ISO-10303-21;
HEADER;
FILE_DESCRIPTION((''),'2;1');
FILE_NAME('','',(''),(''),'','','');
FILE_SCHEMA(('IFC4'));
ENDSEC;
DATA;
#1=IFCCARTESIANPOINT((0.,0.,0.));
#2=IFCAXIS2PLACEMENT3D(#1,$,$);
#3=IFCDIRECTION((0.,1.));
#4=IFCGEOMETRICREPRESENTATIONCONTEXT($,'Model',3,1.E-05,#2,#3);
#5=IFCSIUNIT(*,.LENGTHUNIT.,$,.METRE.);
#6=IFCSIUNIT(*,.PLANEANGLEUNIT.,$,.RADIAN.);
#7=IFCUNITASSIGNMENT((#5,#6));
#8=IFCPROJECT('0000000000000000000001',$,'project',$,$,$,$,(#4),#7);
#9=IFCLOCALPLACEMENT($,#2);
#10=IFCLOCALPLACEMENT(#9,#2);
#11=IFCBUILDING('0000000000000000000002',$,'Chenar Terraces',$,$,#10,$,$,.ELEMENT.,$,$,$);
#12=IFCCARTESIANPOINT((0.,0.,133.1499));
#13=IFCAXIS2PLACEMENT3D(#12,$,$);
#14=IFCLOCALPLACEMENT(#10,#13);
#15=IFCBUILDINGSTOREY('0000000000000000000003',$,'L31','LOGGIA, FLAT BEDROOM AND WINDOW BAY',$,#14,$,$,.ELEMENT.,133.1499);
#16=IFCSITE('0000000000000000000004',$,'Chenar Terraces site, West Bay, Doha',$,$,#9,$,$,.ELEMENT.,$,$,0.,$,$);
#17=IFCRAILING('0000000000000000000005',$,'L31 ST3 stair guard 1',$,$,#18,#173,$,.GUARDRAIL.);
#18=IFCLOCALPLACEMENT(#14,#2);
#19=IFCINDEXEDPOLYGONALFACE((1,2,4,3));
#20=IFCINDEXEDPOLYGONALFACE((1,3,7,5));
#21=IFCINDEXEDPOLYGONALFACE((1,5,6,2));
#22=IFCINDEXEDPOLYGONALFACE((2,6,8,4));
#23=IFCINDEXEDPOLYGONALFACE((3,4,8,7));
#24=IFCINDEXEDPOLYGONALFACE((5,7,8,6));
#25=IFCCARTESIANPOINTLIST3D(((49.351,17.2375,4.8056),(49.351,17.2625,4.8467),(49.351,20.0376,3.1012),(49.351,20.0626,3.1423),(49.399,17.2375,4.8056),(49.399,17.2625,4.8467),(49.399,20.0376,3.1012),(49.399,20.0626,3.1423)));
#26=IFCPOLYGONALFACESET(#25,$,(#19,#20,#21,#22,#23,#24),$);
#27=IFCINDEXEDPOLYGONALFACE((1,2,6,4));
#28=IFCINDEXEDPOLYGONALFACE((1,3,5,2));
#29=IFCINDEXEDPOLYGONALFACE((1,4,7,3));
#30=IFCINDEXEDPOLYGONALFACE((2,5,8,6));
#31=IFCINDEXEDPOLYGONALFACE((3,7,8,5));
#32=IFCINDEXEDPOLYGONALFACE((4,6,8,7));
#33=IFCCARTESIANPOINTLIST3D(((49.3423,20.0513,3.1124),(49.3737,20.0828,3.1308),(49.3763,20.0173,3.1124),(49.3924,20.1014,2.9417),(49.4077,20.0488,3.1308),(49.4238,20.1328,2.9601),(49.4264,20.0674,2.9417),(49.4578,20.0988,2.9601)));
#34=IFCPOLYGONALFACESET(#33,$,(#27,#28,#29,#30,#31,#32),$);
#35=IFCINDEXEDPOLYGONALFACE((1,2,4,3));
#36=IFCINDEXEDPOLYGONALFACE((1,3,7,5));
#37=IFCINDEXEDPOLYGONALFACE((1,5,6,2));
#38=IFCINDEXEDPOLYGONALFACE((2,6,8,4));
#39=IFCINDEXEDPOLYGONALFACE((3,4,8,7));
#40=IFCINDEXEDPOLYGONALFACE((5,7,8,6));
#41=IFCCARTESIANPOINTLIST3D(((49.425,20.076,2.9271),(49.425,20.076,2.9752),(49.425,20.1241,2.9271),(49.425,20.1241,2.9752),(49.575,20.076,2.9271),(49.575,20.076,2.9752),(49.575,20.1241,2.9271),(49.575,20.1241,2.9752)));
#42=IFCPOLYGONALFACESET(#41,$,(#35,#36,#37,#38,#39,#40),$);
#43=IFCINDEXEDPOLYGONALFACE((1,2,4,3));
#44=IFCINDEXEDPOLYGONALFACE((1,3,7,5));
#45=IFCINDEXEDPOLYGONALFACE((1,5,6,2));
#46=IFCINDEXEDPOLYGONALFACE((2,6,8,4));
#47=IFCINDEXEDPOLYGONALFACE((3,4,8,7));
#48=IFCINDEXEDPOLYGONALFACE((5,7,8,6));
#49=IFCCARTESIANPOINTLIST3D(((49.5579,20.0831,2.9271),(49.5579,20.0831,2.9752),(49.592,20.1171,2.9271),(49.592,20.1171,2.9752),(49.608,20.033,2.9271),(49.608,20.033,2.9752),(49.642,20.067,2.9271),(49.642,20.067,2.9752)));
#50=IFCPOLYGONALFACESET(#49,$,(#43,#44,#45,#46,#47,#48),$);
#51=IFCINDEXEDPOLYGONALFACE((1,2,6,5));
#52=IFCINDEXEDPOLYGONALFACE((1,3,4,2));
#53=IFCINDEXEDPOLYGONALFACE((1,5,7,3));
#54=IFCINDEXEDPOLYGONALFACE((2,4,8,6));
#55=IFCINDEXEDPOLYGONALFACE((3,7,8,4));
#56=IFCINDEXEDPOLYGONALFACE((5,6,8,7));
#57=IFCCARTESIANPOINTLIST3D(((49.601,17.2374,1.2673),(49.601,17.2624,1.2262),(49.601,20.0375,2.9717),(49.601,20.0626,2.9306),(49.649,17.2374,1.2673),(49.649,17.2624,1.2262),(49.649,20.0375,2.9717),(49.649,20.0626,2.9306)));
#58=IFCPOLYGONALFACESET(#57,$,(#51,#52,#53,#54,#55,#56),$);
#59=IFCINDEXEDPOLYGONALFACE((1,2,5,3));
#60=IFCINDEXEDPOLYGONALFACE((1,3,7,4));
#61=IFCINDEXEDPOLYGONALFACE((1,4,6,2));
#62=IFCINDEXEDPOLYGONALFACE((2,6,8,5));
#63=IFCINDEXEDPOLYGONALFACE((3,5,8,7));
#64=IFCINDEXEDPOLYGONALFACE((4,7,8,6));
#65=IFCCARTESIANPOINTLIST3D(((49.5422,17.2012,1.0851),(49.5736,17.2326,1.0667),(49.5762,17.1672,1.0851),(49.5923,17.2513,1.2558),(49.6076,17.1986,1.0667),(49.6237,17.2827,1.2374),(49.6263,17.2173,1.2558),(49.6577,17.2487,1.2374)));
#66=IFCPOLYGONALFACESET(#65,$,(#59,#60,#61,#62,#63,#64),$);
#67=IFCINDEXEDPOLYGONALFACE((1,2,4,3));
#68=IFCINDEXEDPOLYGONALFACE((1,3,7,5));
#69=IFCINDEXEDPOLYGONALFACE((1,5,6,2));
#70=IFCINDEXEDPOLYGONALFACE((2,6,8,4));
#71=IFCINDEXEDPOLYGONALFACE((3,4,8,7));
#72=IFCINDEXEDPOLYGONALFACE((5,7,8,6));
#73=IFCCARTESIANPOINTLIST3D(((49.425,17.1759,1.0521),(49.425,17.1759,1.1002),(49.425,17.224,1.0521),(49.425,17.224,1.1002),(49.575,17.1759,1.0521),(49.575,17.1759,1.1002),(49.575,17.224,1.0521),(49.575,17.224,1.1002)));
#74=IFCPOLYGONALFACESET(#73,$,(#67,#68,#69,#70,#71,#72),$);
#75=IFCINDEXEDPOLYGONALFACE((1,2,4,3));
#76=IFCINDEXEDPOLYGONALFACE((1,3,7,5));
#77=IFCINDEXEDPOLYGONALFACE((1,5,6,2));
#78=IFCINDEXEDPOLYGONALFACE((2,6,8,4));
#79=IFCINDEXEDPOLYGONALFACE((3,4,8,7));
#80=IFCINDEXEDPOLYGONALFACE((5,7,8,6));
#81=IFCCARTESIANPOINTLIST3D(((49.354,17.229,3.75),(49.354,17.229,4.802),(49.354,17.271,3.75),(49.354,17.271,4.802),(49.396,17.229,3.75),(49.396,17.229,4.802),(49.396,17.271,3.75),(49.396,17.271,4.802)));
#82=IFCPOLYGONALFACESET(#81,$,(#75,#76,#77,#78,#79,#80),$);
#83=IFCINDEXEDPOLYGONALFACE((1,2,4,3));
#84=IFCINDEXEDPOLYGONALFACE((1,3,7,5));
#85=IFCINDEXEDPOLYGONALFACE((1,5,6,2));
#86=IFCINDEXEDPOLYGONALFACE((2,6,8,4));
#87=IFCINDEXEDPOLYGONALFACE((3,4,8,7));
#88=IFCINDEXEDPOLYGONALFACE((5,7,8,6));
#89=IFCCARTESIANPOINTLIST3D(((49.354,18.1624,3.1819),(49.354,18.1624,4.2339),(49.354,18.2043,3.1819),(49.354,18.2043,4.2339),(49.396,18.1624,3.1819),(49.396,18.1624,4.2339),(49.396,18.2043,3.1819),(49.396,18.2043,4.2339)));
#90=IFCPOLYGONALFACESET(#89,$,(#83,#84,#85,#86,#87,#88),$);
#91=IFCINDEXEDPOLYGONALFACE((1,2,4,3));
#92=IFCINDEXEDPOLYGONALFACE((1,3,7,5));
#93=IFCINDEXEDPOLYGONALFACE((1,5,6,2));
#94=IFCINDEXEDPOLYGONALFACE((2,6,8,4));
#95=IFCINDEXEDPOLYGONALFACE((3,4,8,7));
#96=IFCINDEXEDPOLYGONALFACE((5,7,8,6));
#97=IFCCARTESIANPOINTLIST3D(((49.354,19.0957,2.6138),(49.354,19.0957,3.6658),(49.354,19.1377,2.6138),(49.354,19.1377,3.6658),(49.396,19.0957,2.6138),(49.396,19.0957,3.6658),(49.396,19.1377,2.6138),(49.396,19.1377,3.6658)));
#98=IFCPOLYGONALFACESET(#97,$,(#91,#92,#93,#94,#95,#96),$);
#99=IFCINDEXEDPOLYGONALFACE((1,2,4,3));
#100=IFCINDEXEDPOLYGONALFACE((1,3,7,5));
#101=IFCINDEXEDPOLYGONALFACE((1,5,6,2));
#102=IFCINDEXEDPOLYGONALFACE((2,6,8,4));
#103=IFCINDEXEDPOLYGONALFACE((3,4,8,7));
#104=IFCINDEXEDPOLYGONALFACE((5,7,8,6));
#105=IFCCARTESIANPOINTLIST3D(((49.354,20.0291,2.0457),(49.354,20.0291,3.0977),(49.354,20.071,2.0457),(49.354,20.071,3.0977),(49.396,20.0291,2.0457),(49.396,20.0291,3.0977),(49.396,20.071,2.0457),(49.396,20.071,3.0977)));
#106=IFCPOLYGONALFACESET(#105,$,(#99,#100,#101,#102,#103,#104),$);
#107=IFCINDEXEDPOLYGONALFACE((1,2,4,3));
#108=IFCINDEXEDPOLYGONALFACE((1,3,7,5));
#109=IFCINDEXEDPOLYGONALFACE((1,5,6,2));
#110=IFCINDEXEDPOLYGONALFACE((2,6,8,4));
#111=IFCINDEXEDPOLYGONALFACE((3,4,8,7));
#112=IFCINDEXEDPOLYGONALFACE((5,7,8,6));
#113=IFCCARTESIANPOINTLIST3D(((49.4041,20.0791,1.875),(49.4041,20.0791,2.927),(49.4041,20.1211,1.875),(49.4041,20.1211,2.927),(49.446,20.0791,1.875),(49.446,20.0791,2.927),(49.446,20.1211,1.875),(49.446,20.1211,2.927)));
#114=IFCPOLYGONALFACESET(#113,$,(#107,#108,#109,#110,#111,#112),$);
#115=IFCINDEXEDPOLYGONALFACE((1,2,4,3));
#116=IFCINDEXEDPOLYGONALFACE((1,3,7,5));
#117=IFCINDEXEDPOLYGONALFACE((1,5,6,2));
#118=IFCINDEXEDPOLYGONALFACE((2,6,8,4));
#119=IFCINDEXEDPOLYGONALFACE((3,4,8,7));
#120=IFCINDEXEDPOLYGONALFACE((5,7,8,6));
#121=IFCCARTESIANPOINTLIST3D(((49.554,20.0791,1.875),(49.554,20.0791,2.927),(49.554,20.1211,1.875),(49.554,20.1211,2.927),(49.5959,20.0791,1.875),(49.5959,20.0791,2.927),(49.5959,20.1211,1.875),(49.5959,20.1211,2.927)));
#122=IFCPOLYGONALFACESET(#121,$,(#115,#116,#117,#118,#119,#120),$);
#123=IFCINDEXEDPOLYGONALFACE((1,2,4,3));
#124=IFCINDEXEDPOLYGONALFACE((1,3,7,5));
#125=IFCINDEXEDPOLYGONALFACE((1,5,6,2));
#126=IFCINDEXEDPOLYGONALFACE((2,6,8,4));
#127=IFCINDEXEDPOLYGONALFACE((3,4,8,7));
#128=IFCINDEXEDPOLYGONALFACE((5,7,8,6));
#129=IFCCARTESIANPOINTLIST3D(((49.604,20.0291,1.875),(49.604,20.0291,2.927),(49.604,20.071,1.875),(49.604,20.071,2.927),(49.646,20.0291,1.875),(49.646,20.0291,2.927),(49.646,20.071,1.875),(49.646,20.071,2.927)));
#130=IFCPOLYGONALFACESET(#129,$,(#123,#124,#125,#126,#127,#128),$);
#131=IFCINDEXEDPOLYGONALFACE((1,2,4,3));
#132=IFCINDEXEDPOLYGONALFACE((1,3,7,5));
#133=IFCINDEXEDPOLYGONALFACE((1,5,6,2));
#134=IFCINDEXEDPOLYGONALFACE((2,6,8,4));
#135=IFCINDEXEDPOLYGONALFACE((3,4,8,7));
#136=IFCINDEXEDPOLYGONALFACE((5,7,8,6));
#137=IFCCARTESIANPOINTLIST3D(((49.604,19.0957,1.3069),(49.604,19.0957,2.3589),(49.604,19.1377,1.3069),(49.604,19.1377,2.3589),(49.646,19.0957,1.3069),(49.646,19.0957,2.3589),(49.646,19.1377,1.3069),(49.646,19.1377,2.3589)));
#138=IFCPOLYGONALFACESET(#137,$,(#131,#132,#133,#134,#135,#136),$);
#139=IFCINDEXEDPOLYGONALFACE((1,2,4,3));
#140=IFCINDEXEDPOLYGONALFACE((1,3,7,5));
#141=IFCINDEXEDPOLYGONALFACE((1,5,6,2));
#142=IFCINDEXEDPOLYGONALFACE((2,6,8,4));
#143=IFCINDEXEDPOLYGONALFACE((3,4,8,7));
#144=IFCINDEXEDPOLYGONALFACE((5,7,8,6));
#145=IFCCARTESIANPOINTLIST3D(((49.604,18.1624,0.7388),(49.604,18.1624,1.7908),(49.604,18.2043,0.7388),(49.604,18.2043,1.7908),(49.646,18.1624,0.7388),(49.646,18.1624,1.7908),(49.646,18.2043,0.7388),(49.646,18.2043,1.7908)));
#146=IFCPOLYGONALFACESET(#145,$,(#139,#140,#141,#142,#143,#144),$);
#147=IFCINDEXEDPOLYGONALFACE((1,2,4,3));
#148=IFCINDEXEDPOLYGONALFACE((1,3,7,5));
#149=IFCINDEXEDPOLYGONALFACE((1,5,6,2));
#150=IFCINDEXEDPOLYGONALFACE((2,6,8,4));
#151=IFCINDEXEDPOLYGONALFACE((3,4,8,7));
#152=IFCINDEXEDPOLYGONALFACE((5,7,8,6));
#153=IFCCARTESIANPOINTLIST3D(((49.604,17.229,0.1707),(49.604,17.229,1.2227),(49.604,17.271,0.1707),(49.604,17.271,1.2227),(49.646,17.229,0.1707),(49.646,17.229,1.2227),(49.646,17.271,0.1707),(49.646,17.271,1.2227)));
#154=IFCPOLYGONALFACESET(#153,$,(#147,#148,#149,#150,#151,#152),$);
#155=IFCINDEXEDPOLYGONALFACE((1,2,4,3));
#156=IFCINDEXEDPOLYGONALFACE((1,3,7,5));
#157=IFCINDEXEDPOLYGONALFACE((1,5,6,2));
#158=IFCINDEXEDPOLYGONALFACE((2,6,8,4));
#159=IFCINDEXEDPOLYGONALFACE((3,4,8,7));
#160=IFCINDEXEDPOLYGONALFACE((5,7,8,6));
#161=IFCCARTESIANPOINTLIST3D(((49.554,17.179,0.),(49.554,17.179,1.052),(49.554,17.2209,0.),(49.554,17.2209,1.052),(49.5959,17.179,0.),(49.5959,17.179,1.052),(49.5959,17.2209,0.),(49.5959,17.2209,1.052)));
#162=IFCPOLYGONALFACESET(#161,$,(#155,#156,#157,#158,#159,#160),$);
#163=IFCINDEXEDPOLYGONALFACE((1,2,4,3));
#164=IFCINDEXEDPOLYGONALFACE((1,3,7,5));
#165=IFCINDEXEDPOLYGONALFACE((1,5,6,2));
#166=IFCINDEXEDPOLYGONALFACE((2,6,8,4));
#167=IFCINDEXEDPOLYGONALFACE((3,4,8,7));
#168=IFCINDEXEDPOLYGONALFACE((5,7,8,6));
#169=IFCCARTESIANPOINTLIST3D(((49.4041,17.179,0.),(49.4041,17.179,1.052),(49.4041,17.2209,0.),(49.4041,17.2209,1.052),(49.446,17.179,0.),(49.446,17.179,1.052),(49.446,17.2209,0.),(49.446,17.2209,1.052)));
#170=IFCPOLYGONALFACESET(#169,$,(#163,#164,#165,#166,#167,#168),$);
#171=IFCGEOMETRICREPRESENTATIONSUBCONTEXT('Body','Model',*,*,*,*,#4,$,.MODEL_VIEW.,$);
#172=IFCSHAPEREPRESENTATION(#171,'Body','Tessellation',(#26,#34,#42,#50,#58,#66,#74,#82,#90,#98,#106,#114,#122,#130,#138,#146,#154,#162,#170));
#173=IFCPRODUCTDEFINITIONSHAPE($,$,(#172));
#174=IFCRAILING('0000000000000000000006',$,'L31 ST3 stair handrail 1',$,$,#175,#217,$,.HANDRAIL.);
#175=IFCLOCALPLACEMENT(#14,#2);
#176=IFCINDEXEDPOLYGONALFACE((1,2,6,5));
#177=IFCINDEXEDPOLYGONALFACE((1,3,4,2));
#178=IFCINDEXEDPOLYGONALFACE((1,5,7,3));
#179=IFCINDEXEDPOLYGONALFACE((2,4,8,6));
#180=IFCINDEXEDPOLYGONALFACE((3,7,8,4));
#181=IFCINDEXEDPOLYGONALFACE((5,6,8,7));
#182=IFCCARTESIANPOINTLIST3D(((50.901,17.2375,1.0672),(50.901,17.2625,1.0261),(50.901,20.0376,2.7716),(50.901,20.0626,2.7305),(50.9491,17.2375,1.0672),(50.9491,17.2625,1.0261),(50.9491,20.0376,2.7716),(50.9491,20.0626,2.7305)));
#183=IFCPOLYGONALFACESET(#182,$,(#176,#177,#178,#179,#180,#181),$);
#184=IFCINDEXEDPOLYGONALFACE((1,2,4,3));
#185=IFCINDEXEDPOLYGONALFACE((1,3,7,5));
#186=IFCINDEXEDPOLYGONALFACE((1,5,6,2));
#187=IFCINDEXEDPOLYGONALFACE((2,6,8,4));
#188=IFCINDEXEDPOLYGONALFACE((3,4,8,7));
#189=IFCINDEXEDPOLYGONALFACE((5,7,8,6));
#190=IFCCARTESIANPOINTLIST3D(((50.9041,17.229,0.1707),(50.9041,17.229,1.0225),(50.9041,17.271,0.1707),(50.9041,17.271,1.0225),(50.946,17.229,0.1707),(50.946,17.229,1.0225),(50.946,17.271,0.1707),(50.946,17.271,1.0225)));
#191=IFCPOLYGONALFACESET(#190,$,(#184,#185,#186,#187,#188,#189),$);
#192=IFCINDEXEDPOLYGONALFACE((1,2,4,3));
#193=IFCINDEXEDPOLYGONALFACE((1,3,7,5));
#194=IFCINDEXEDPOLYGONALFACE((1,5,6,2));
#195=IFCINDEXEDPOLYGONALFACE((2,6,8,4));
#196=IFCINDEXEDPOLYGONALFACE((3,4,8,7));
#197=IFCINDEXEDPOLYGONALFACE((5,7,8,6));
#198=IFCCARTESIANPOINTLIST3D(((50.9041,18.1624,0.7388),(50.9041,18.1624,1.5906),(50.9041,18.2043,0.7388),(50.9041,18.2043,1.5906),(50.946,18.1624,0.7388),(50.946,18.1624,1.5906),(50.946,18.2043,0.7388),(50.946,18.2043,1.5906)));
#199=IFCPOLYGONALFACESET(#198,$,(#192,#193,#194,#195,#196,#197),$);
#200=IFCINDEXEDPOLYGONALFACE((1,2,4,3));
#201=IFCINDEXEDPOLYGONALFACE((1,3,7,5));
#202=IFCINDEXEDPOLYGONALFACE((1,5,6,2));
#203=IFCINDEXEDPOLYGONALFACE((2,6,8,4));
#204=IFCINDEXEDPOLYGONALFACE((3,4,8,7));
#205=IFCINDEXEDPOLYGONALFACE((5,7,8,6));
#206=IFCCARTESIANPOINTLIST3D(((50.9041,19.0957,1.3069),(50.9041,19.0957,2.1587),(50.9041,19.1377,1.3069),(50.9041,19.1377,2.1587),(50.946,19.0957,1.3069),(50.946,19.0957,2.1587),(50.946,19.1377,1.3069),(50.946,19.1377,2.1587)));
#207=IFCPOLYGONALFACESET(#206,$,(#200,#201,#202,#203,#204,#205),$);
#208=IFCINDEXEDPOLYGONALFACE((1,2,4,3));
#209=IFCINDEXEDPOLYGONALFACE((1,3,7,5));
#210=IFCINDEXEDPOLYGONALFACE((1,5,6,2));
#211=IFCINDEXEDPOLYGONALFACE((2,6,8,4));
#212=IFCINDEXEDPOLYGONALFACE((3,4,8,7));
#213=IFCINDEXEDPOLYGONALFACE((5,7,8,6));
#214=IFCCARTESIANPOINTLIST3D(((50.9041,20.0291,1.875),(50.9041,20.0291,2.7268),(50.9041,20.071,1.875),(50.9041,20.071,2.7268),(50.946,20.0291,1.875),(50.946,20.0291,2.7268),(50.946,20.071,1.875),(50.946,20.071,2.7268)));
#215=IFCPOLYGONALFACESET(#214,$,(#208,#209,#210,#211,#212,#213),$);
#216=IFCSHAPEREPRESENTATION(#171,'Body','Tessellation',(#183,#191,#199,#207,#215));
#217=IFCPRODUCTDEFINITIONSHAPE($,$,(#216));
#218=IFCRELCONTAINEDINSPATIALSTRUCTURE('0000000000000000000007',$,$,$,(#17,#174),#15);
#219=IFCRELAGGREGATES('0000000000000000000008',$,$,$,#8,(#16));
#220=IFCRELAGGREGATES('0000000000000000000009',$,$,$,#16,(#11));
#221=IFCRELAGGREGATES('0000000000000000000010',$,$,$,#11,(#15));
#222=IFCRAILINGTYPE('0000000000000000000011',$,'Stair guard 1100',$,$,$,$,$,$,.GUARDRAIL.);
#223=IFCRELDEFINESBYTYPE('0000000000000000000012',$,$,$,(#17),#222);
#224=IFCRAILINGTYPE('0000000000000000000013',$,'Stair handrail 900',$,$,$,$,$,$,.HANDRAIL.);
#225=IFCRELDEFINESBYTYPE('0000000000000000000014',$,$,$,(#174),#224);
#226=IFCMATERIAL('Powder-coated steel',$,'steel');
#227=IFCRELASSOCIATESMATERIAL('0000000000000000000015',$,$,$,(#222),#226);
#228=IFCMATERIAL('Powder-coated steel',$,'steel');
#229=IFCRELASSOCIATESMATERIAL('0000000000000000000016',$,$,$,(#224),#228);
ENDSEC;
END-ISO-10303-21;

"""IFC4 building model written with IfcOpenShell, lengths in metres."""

from ifc_helpers import new_model, si_unit, direction, frame, origin, origin_2d, place, context, subcontext, project, spatial, rectangle, extrude, material, type_object, element, save


model = new_model("IFC4")

# Units and contexts
model_context = context("Model", 3, precision=1e-05, world=origin(), true_north=direction((0.0, 1.0)))
body_context = subcontext(model_context, "Body", "Model", "MODEL_VIEW")
ifc_project = project(units=[si_unit("LENGTHUNIT", "METRE"), si_unit("PLANEANGLEUNIT", "RADIAN")], contexts=[model_context])

# Site, building, storey
site_placement = place(None, origin())
site = spatial("IfcSite", under=ifc_project, at=site_placement, Name="Chenar Terraces site, West Bay, Doha", CompositionType="ELEMENT", RefElevation=0.0)
building_placement = place(site_placement, origin())
building = spatial("IfcBuilding", under=site, at=building_placement, Name="Chenar Terraces", CompositionType="ELEMENT")
storey_placement = place(building_placement, frame((0.0, 0.0, 133.1499)))
storey = spatial("IfcBuildingStorey", under=building, at=storey_placement, Name="L31", Description="LOGGIA, FLAT BEDROOM AND WINDOW BAY", CompositionType="ELEMENT", Elevation=133.1499)

# Railings
ifc_material_1 = material(Name="Powder-coated steel", Category="steel")
railing_type_1 = type_object("IfcRailingType", Name="Stair guard 1100", PredefinedType="GUARDRAIL", material=ifc_material_1)
railing_1_placement = place(storey_placement, frame((49.375, 17.25, 3.75)))
element("IfcRailing", 1, at=railing_1_placement, inside=storey, type_object=railing_type_1, Name="L31 ST3 stair guard 1", PredefinedType="GUARDRAIL", context=body_context, shape_type="SweptSolid", body=[
    extrude(rectangle(XDim=0.0481, YDim=0.0481, at=origin_2d()), frame((0.0, 0.0, 1.0762), z_axis=(0.0, 0.854203, -0.51994), x_axis=(-1.0, 0.0, 0.0)), (0.0, 0.0, 1.0), 3.2781),
    extrude(rectangle(XDim=0.0481, YDim=0.0481, at=origin_2d()), frame((0.0, 2.8, -0.6284), z_axis=(0.2709, 0.2709, -0.923703), x_axis=(-0.707107, 0.707107, 0.0)), (0.0, 0.0, 1.0), 0.1848),
    extrude(rectangle(XDim=0.0481, YDim=0.0481, at=origin_2d()), frame((0.05, 2.8501, -0.7988), z_axis=(1.0, 0.0, 0.0), x_axis=(0.0, 1.0, 0.0)), (0.0, 0.0, 1.0), 0.1499),
    extrude(rectangle(XDim=0.0481, YDim=0.0481, at=origin_2d()), frame((0.2, 2.8501, -0.7988), z_axis=(0.707107, -0.707107, 0.0), x_axis=(0.707107, 0.707107, 0.0)), (0.0, 0.0, 1.0), 0.0708),
    extrude(rectangle(XDim=0.0481, YDim=0.0481, at=origin_2d()), frame((0.25, 2.8, -0.7988), z_axis=(0.0, -0.854203, -0.51994), x_axis=(1.0, 0.0, 0.0)), (0.0, 0.0, 1.0), 3.2781),
    extrude(rectangle(XDim=0.0481, YDim=0.0481, at=origin_2d()), frame((0.25, 0.0, -2.5034), z_axis=(-0.2709, -0.2709, -0.923703), x_axis=(0.707107, -0.707107, 0.0)), (0.0, 0.0, 1.0), 0.1848),
    extrude(rectangle(XDim=0.0481, YDim=0.0481, at=origin_2d()), frame((0.2, -0.05, -2.6738), z_axis=(-1.0, 0.0, 0.0), x_axis=(0.0, -1.0, 0.0)), (0.0, 0.0, 1.0), 0.1499),
    extrude(rectangle(XDim=0.042, YDim=0.042, at=origin_2d()), origin(), (0.0, 0.0, 1.0), 1.052),
    extrude(rectangle(XDim=0.042, YDim=0.042, at=origin_2d()), frame((0.0, 0.9333, -0.5681)), (0.0, 0.0, 1.0), 1.052),
    extrude(rectangle(XDim=0.042, YDim=0.042, at=origin_2d()), frame((0.0, 1.8667, -1.1362)), (0.0, 0.0, 1.0), 1.052),
    extrude(rectangle(XDim=0.042, YDim=0.042, at=origin_2d()), frame((0.0, 2.8, -1.7043)), (0.0, 0.0, 1.0), 1.052),
    extrude(rectangle(XDim=0.042, YDim=0.042, at=origin_2d()), frame((0.05, 2.8501, -1.875)), (0.0, 0.0, 1.0), 1.052),
    extrude(rectangle(XDim=0.042, YDim=0.042, at=origin_2d()), frame((0.2, 2.8501, -1.875)), (0.0, 0.0, 1.0), 1.052),
    extrude(rectangle(XDim=0.042, YDim=0.042, at=origin_2d()), frame((0.25, 2.8, -1.875)), (0.0, 0.0, 1.0), 1.052),
    extrude(rectangle(XDim=0.042, YDim=0.042, at=origin_2d()), frame((0.25, 1.8667, -2.4431)), (0.0, 0.0, 1.0), 1.052),
    extrude(rectangle(XDim=0.042, YDim=0.042, at=origin_2d()), frame((0.25, 0.9333, -3.0112)), (0.0, 0.0, 1.0), 1.052),
    extrude(rectangle(XDim=0.042, YDim=0.042, at=origin_2d()), frame((0.25, 0.0, -3.5793)), (0.0, 0.0, 1.0), 1.052),
    extrude(rectangle(XDim=0.042, YDim=0.042, at=origin_2d()), frame((0.2, -0.05, -3.75)), (0.0, 0.0, 1.0), 1.052),
    extrude(rectangle(XDim=0.042, YDim=0.042, at=origin_2d()), frame((0.05, -0.05, -3.75)), (0.0, 0.0, 1.0), 1.052),
])
ifc_material_2 = material(Name="Powder-coated steel", Category="steel")
railing_type_2 = type_object("IfcRailingType", Name="Stair handrail 900", PredefinedType="HANDRAIL", material=ifc_material_2)
railing_2_placement = place(storey_placement, frame((50.925, 17.25, 0.1707)))
element("IfcRailing", 2, at=railing_2_placement, inside=storey, type_object=railing_type_2, Name="L31 ST3 stair handrail 1", PredefinedType="HANDRAIL", context=body_context, shape_type="SweptSolid", body=[
    extrude(rectangle(XDim=0.0481, YDim=0.0481, at=origin_2d()), frame((0.0, 0.0, 0.876), z_axis=(0.0, 0.854203, 0.51994), x_axis=(-1.0, 0.0, 0.0)), (0.0, 0.0, 1.0), 3.2781),
    extrude(rectangle(XDim=0.042, YDim=0.042, at=origin_2d()), origin(), (0.0, 0.0, 1.0), 0.8518),
    extrude(rectangle(XDim=0.042, YDim=0.042, at=origin_2d()), frame((0.0, 0.9333, 0.5681)), (0.0, 0.0, 1.0), 0.8518),
    extrude(rectangle(XDim=0.042, YDim=0.042, at=origin_2d()), frame((0.0, 1.8667, 1.1362)), (0.0, 0.0, 1.0), 0.8518),
    extrude(rectangle(XDim=0.042, YDim=0.042, at=origin_2d()), frame((0.0, 2.8, 1.7043)), (0.0, 0.0, 1.0), 0.8518),
])

save(model, "model.ifc")
